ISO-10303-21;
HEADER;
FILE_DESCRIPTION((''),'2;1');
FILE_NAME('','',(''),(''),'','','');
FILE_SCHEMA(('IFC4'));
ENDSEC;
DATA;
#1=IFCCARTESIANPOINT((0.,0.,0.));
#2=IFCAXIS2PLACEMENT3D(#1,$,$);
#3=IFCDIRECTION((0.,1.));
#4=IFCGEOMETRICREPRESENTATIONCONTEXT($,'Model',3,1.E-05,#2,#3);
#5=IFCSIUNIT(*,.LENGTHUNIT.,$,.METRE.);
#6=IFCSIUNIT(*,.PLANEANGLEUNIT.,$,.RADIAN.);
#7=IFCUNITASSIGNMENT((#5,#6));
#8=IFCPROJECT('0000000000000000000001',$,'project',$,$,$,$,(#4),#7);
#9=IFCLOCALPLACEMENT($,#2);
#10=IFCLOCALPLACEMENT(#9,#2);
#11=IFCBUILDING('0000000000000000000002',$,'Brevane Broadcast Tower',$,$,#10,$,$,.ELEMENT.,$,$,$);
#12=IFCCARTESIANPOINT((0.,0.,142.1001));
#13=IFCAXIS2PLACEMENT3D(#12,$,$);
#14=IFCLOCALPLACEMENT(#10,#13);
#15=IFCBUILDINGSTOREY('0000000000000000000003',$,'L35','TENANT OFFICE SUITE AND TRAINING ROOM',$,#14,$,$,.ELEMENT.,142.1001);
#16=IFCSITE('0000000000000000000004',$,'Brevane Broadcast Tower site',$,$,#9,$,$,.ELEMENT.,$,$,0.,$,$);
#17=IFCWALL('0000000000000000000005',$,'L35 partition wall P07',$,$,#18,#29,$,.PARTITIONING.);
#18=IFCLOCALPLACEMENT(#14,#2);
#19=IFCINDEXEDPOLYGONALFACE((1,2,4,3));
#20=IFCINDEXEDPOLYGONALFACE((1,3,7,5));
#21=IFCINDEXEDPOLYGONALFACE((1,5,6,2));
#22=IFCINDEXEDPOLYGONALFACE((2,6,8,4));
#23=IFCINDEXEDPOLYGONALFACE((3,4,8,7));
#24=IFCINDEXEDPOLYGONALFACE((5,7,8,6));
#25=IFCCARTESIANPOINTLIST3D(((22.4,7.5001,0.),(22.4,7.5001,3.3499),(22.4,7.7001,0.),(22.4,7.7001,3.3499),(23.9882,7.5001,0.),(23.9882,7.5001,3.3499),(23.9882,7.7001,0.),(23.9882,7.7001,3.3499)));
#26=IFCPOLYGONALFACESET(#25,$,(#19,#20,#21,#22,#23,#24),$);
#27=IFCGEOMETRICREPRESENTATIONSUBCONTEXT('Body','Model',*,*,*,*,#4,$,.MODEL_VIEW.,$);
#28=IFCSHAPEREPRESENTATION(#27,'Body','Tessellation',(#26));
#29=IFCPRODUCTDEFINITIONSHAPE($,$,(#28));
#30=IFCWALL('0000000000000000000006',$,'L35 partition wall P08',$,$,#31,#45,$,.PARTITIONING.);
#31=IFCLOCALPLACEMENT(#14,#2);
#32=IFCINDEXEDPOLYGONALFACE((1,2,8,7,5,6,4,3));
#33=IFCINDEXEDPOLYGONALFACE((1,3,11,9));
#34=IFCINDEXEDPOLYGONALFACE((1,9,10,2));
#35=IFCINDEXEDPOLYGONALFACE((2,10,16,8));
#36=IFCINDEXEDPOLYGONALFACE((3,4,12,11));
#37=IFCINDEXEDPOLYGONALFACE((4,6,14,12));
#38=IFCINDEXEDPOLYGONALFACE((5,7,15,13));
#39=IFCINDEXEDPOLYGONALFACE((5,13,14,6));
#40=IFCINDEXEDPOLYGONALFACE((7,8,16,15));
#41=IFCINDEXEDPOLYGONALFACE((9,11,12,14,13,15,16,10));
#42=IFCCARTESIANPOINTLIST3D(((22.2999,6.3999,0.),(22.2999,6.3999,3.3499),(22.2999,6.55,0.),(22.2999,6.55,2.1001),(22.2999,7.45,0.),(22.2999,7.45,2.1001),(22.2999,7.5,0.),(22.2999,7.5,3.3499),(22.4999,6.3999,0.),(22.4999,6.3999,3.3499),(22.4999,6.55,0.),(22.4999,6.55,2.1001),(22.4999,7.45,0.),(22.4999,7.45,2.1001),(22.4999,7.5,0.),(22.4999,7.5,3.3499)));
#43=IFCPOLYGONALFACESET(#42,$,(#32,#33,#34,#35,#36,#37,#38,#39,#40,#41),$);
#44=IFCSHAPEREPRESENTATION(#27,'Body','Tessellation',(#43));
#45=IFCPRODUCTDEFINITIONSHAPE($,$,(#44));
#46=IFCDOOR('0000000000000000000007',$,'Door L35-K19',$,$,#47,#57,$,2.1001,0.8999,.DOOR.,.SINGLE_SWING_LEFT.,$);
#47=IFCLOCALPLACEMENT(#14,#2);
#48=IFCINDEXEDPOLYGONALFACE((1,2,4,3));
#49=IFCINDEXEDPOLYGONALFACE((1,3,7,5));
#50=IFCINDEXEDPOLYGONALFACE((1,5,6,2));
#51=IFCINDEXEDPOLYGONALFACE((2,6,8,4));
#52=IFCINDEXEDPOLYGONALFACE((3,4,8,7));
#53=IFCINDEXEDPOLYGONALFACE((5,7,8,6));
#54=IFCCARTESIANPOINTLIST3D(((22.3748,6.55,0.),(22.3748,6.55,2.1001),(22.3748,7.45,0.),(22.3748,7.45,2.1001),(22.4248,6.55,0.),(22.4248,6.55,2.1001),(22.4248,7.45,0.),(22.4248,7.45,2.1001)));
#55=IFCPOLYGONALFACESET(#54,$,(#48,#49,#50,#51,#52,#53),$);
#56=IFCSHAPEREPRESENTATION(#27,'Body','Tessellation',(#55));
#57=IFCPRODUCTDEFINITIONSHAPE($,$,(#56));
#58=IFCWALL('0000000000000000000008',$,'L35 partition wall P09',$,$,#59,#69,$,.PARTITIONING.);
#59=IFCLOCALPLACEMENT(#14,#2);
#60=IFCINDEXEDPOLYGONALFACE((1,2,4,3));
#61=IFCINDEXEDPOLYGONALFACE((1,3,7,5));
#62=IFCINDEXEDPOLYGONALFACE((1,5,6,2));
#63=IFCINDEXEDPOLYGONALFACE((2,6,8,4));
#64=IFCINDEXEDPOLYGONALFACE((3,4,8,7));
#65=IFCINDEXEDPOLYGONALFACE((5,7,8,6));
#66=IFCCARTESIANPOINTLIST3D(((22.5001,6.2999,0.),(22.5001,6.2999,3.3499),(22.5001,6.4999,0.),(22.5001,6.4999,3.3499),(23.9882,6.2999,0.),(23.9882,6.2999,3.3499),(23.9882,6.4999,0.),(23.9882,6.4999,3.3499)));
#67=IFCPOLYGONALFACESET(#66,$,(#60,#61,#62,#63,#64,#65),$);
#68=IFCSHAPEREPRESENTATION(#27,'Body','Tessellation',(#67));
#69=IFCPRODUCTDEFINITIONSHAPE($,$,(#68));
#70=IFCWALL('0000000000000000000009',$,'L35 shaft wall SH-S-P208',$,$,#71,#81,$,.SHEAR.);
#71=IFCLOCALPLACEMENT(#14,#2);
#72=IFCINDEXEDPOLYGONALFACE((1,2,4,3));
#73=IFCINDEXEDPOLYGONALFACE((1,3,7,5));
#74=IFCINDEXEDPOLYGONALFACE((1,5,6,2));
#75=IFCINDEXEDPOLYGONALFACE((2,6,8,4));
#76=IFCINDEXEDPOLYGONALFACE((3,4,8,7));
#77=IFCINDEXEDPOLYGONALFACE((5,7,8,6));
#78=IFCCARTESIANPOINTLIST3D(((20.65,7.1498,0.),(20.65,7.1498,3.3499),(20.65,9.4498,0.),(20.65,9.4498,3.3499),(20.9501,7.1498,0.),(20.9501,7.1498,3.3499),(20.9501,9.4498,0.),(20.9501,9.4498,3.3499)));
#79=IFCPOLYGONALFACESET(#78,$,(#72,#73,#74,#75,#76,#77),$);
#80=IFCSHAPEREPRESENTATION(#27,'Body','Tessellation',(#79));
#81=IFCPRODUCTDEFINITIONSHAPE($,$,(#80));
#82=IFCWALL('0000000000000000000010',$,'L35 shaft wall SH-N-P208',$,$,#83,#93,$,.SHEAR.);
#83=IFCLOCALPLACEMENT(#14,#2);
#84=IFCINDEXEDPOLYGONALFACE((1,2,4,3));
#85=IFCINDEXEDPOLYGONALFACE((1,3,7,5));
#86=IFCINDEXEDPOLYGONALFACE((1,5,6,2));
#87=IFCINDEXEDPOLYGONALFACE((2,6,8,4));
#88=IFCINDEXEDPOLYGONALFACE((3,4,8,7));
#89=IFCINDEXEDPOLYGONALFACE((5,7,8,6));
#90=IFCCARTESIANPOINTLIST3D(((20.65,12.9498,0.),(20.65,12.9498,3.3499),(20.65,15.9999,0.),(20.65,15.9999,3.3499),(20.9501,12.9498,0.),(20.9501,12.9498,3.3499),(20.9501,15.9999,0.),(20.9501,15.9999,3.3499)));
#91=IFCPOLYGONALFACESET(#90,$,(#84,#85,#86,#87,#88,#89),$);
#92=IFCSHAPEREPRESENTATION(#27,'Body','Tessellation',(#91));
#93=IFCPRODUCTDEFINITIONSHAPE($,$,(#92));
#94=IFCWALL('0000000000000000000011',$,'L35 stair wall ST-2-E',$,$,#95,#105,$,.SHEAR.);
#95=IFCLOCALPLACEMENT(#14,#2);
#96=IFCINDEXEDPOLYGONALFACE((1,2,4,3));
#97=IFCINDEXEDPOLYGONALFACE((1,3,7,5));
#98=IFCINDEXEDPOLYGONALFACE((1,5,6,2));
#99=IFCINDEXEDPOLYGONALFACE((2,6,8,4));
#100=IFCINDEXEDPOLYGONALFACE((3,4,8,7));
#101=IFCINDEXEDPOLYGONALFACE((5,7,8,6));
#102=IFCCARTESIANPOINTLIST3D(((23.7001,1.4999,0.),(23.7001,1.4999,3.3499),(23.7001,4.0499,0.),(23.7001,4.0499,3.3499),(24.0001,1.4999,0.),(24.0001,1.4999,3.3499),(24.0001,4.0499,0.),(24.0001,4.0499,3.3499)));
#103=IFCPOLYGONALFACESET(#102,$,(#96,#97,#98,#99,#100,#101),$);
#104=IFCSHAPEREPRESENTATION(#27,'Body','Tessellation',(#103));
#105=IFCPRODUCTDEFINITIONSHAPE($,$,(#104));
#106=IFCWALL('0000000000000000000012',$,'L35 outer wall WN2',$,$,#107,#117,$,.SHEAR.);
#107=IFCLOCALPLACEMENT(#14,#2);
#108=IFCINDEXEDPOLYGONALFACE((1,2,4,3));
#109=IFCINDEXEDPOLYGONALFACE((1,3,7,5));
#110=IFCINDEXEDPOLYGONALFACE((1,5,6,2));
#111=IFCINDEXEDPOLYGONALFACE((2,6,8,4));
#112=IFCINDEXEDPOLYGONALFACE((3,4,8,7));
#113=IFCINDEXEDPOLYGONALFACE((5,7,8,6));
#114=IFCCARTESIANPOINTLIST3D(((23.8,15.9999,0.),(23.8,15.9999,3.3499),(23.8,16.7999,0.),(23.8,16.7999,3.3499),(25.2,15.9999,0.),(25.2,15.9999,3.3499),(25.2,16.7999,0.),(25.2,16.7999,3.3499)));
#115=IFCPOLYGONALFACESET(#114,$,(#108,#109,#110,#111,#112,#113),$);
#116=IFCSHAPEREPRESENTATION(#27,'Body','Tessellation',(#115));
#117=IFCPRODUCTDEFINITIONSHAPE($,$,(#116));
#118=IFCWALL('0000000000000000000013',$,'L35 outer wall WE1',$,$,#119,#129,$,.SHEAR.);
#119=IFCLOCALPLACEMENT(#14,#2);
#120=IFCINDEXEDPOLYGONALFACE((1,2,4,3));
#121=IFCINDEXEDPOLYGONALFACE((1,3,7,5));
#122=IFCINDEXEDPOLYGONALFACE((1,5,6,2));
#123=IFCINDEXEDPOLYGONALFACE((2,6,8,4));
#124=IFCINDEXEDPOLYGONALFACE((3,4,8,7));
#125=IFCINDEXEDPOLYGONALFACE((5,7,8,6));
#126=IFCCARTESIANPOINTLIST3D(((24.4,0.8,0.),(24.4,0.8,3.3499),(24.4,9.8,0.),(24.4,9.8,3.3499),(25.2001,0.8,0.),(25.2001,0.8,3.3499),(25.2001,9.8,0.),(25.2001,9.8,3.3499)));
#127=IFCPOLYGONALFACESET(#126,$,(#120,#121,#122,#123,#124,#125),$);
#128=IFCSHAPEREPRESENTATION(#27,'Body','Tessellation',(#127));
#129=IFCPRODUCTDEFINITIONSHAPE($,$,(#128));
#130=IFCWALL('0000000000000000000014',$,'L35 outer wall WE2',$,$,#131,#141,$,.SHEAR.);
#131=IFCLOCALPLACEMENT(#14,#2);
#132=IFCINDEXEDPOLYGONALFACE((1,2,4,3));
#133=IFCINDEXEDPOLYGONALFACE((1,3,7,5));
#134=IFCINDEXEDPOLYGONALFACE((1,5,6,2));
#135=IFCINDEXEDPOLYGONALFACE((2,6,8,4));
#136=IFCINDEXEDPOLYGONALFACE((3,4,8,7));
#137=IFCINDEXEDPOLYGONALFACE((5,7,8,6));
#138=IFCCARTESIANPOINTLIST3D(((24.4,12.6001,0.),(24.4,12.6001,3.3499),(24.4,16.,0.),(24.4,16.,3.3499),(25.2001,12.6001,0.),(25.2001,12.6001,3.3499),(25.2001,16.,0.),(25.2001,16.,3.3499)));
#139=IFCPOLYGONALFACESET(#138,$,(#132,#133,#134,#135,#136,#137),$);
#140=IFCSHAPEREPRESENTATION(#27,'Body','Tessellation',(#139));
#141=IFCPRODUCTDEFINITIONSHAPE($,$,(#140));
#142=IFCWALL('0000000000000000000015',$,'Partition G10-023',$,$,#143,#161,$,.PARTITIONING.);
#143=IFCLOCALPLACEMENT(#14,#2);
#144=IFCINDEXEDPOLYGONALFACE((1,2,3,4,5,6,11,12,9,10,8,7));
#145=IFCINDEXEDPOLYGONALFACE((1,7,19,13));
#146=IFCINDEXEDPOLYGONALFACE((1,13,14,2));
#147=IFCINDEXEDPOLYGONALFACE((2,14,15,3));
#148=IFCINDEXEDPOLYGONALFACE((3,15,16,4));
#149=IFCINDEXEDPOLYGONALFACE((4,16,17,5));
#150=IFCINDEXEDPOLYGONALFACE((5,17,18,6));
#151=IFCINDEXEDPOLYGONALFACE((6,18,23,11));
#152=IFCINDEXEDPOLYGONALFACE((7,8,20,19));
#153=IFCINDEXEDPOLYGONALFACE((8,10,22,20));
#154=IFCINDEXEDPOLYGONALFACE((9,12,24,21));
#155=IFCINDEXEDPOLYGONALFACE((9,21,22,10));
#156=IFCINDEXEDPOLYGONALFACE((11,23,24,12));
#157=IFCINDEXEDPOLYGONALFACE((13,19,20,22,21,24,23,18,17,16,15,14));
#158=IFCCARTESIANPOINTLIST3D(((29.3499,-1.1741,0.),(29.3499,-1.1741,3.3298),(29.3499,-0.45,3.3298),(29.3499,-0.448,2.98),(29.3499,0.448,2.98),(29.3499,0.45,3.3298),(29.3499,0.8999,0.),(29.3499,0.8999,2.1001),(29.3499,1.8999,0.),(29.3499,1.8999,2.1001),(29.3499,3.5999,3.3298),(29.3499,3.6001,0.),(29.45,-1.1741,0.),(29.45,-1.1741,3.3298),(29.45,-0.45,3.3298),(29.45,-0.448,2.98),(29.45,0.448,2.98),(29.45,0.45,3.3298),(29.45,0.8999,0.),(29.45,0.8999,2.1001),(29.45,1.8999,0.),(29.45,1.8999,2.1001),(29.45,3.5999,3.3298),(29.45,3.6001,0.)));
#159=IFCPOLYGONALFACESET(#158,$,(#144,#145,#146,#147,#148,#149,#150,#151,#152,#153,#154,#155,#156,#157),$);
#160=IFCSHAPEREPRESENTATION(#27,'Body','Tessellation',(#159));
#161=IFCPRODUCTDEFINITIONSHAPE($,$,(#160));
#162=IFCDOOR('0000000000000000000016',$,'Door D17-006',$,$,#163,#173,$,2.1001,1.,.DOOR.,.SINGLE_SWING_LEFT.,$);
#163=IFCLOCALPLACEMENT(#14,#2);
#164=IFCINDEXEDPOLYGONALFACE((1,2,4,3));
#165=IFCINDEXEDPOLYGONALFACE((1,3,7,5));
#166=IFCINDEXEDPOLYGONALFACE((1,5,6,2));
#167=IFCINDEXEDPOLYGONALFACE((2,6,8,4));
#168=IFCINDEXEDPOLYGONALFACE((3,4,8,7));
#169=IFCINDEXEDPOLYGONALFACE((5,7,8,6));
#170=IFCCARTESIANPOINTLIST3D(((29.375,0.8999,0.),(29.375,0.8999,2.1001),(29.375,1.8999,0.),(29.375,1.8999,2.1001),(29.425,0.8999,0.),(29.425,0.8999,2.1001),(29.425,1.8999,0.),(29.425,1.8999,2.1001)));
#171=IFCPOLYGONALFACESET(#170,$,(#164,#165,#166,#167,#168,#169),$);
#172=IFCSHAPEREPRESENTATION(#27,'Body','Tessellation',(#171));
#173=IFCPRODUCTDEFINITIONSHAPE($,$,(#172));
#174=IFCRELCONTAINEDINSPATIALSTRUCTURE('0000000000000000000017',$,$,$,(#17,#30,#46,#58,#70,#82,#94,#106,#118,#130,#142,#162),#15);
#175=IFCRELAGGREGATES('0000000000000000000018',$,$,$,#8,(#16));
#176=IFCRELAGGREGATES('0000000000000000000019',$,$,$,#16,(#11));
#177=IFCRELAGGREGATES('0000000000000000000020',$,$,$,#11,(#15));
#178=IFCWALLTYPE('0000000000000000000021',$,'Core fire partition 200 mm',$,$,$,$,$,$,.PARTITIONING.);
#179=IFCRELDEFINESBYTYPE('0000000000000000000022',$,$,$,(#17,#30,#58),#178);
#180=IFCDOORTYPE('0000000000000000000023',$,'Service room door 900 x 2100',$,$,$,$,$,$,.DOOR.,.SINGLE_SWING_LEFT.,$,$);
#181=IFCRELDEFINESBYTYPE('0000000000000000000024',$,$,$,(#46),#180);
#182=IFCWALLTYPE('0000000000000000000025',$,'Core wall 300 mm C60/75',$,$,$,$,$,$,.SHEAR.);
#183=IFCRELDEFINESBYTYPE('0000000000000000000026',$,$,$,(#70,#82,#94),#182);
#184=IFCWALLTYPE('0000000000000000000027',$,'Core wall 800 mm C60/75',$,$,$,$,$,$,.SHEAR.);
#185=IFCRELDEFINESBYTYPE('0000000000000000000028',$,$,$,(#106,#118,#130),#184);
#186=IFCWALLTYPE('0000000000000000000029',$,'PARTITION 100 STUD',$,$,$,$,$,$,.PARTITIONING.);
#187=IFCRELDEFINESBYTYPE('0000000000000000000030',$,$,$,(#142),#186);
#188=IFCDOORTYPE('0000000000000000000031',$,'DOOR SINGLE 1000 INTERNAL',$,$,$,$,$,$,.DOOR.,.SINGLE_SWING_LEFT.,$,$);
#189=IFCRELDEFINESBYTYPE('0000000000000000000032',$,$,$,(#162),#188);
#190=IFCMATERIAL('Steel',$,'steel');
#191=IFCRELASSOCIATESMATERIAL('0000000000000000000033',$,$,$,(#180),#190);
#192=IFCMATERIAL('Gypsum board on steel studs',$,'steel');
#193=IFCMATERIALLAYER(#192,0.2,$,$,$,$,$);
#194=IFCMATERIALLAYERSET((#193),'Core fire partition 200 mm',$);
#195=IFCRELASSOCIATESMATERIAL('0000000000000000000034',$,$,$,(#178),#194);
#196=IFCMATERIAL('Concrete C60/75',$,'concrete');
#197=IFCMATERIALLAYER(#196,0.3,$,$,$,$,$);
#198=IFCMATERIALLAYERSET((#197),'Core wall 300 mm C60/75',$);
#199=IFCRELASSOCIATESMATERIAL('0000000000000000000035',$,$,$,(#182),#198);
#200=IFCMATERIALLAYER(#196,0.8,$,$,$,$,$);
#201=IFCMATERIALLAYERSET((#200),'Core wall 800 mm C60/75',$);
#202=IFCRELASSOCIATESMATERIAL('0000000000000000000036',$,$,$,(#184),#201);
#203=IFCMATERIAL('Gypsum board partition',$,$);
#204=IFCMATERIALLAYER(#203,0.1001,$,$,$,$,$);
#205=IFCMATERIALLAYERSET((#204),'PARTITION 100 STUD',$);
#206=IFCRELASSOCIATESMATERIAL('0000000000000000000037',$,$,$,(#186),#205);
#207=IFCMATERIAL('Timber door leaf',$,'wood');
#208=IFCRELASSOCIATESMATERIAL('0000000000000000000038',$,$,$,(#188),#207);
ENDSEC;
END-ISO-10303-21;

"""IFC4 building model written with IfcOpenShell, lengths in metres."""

from ifc_helpers import new_model, si_unit, direction, frame, frame_2d, origin, place, context, subcontext, project, spatial, polyline, rectangle, outline, extrude, material, layer, layer_set, type_object, element, fill, save


model = new_model("IFC4")

# Units and contexts
model_context = context("Model", 3, precision=1e-05, world=origin(), true_north=direction((0.0, 1.0)))
body_context = subcontext(model_context, "Body", "Model", "MODEL_VIEW")
ifc_project = project(units=[si_unit("LENGTHUNIT", "METRE"), si_unit("PLANEANGLEUNIT", "RADIAN")], contexts=[model_context])

# Site, building, storey
site_placement = place(None, origin())
site = spatial("IfcSite", under=ifc_project, at=site_placement, Name="Brevane Broadcast Tower site", CompositionType="ELEMENT", RefElevation=0.0)
building_placement = place(site_placement, origin())
building = spatial("IfcBuilding", under=site, at=building_placement, Name="Brevane Broadcast Tower", CompositionType="ELEMENT")
storey_placement = place(building_placement, frame((0.0, 0.0, 142.1001)))
storey = spatial("IfcBuildingStorey", under=building, at=storey_placement, Name="L35", Description="TENANT OFFICE SUITE AND TRAINING ROOM", CompositionType="ELEMENT", Elevation=142.1001)

# Shared definitions
ifc_material_1 = material(Name="Concrete C60/75", Category="concrete")

# Shared definitions
ifc_material_2 = material(Name="Gypsum board on steel studs", Category="steel")

# Shared definitions
ifc_material_3 = material(Name="Steel", Category="steel")
door_type_1 = type_object("IfcDoorType", Name="Service room door 900 x 2100", OperationType="SINGLE_SWING_LEFT", PredefinedType="DOOR", material=ifc_material_3)

# Wall
ifc_layer_1 = layer(ifc_material_2, 0.2)
ifc_layer_set_1 = layer_set([ifc_layer_1], Name="Core fire partition 200 mm")
wall_type_1 = type_object("IfcWallType", Name="Core fire partition 200 mm", PredefinedType="PARTITIONING", material=ifc_layer_set_1)
wall_1_placement = place(storey_placement, frame((23.988, 7.6001, 0.0), z_axis=(0.0, 0.0, 1.0), x_axis=(-1.0, 0.0, 0.0)))
element("IfcWall", 1, at=wall_1_placement, inside=storey, type_object=wall_type_1, Name="L35 partition wall P07", PredefinedType="PARTITIONING", context=body_context, shape_type="SweptSolid", body=[
    extrude(rectangle(XDim=1.5881, YDim=0.2, at=frame_2d((0.7939, 0.0))), origin(), (0.0, 0.0, 1.0), 3.3499),
])

# Wall, opening, door
wall_2_placement = place(storey_placement, frame((22.3999, 7.5, 0.0), z_axis=(0.0, 0.0, 1.0), x_axis=(0.0, -1.0, 0.0)))
wall_2 = element("IfcWall", 2, at=wall_2_placement, inside=storey, type_object=wall_type_1, Name="L35 partition wall P08", PredefinedType="PARTITIONING", context=body_context, shape_type="SweptSolid", body=[
    extrude(rectangle(XDim=1.1001, YDim=0.2, at=frame_2d((0.55, 0.0))), origin(), (0.0, 0.0, 1.0), 3.3499),
])
opening_1_placement = place(wall_2_placement, frame((0.05, 0.0, 0.0)))
opening_1 = element("IfcOpeningElement", 3, at=opening_1_placement, cuts=wall_2, PredefinedType="OPENING", context=body_context, shape_type="SweptSolid", body=[
    extrude(rectangle(XDim=0.8999, YDim=2.1001, at=frame_2d((0.45, 1.05))), frame((0.0, 0.1099, 0.0), z_axis=(0.0, -1.0, 0.0), x_axis=(1.0, 0.0, 0.0)), (0.0, 0.0, 1.0), 0.22),
])
door_1_placement = place(opening_1_placement, origin())
door_1 = element("IfcDoor", 4, at=door_1_placement, inside=storey, type_object=door_type_1, Name="Door L35-K19", OperationType="SINGLE_SWING_LEFT", OverallHeight=2.1001, OverallWidth=0.8999, PredefinedType="DOOR", context=body_context, shape_type="SweptSolid", body=[
    extrude(rectangle(XDim=0.8999, YDim=2.1001, at=frame_2d((0.45, 1.05))), frame((0.0, 0.0249, 0.0), z_axis=(0.0, -1.0, 0.0), x_axis=(1.0, 0.0, 0.0)), (0.0, 0.0, 1.0), 0.05),
])
fill(opening_1, door_1)

# Walls
wall_3_placement = place(storey_placement, frame((22.5, 6.3999, 0.0), z_axis=(0.0, 0.0, 1.0), x_axis=(1.0, 0.0, 0.0)))
element("IfcWall", 5, at=wall_3_placement, inside=storey, type_object=wall_type_1, Name="L35 partition wall P09", PredefinedType="PARTITIONING", context=body_context, shape_type="SweptSolid", body=[
    extrude(rectangle(XDim=1.488, YDim=0.2, at=frame_2d((0.7441, 0.0))), origin(), (0.0, 0.0, 1.0), 3.3499),
])
ifc_layer_2 = layer(ifc_material_1, 0.3)
ifc_layer_set_2 = layer_set([ifc_layer_2], Name="Core wall 300 mm C60/75")
wall_type_2 = type_object("IfcWallType", Name="Core wall 300 mm C60/75", PredefinedType="SHEAR", material=ifc_layer_set_2)
wall_4_placement = place(storey_placement, frame((20.8, 7.1499, 0.0), z_axis=(0.0, 0.0, 1.0), x_axis=(0.0, 1.0, 0.0)))
element("IfcWall", 6, at=wall_4_placement, inside=storey, type_object=wall_type_2, Name="L35 shaft wall SH-S-P208", PredefinedType="SHEAR", context=body_context, shape_type="SweptSolid", body=[
    extrude(rectangle(XDim=2.3, YDim=0.3, at=frame_2d((1.1499, 0.0))), origin(), (0.0, 0.0, 1.0), 3.3499),
])
wall_5_placement = place(storey_placement, frame((20.8, 12.95, 0.0), z_axis=(0.0, 0.0, 1.0), x_axis=(0.0, 1.0, 0.0)))
element("IfcWall", 7, at=wall_5_placement, inside=storey, type_object=wall_type_2, Name="L35 shaft wall SH-N-P208", PredefinedType="SHEAR", context=body_context, shape_type="SweptSolid", body=[
    extrude(rectangle(XDim=3.05, YDim=0.3, at=frame_2d((1.5249, 0.0))), origin(), (0.0, 0.0, 1.0), 3.3499),
])
wall_6_placement = place(storey_placement, frame((23.8501, 1.5, 0.0), z_axis=(0.0, 0.0, 1.0), x_axis=(0.0, 1.0, 0.0)))
element("IfcWall", 8, at=wall_6_placement, inside=storey, type_object=wall_type_2, Name="L35 stair wall ST-2-E", PredefinedType="SHEAR", context=body_context, shape_type="SweptSolid", body=[
    extrude(rectangle(XDim=2.55, YDim=0.3, at=frame_2d((1.2749, 0.0))), origin(), (0.0, 0.0, 1.0), 3.3499),
])
ifc_layer_3 = layer(ifc_material_1, 0.8)
ifc_layer_set_3 = layer_set([ifc_layer_3], Name="Core wall 800 mm C60/75")
wall_type_3 = type_object("IfcWallType", Name="Core wall 800 mm C60/75", PredefinedType="SHEAR", material=ifc_layer_set_3)
wall_7_placement = place(storey_placement, frame((23.8, 16.3999, 0.0), z_axis=(0.0, 0.0, 1.0), x_axis=(1.0, 0.0, 0.0)))
element("IfcWall", 9, at=wall_7_placement, inside=storey, type_object=wall_type_3, Name="L35 outer wall WN2", PredefinedType="SHEAR", context=body_context, shape_type="SweptSolid", body=[
    extrude(rectangle(XDim=1.3999, YDim=0.8, at=frame_2d((0.7, 0.0))), origin(), (0.0, 0.0, 1.0), 3.3499),
])
wall_8_placement = place(storey_placement, frame((24.8, 0.8, 0.0), z_axis=(0.0, 0.0, 1.0), x_axis=(0.0, 1.0, 0.0)))
element("IfcWall", 10, at=wall_8_placement, inside=storey, type_object=wall_type_3, Name="L35 outer wall WE1", PredefinedType="SHEAR", context=body_context, shape_type="SweptSolid", body=[
    extrude(rectangle(XDim=9.0, YDim=0.8, at=frame_2d((4.5, 0.0))), origin(), (0.0, 0.0, 1.0), 3.3499),
])
wall_9_placement = place(storey_placement, frame((24.8, 12.6001, 0.0), z_axis=(0.0, 0.0, 1.0), x_axis=(0.0, 1.0, 0.0)))
element("IfcWall", 11, at=wall_9_placement, inside=storey, type_object=wall_type_3, Name="L35 outer wall WE2", PredefinedType="SHEAR", context=body_context, shape_type="SweptSolid", body=[
    extrude(rectangle(XDim=3.3999, YDim=0.8, at=frame_2d((1.7, 0.0))), origin(), (0.0, 0.0, 1.0), 3.3499),
])

# Wall, opening, door
ifc_material_4 = material(Name="Gypsum board partition")
ifc_layer_4 = layer(ifc_material_4, 0.1001)
ifc_layer_set_4 = layer_set([ifc_layer_4], Name="PARTITION 100 STUD")
wall_type_4 = type_object("IfcWallType", Name="PARTITION 100 STUD", PredefinedType="PARTITIONING", material=ifc_layer_set_4)
wall_10_placement = place(storey_placement, frame((29.3999, -1.1741, 0.0), z_axis=(0.0, 0.0, 1.0), x_axis=(0.0, 1.0, 0.0)))
wall_10 = element("IfcWall", 12, at=wall_10_placement, inside=storey, type_object=wall_type_4, Name="Partition G10-023", PredefinedType="PARTITIONING", context=body_context, shape_type="SweptSolid", body=[
    extrude(outline(polyline([(0.0, 0.0), (4.7742, 0.0), (4.7739, 3.3298), (1.624, 3.3298), (1.6221, 2.98), (0.7261, 2.98), (0.7241, 3.3298), (0.074, 3.3298), (0.0, 3.3298), (0.0, 0.0)])), frame((0.0, 0.05, 0.0), z_axis=(0.0, -1.0, 0.0), x_axis=(1.0, 0.0, 0.0)), (0.0, 0.0, 1.0), 0.1001),
])
opening_2_placement = place(wall_10_placement, frame((2.074, 0.0, 0.0)))
opening_2 = element("IfcOpeningElement", 13, at=opening_2_placement, cuts=wall_10, PredefinedType="OPENING", context=body_context, shape_type="SweptSolid", body=[
    extrude(rectangle(XDim=1.0, YDim=2.1001, at=frame_2d((0.5, 1.05))), frame((0.0, 0.0601, 0.0), z_axis=(0.0, -1.0, 0.0), x_axis=(1.0, 0.0, 0.0)), (0.0, 0.0, 1.0), 0.1201),
])
ifc_material_5 = material(Name="Timber door leaf", Category="wood")
door_type_2 = type_object("IfcDoorType", Name="DOOR SINGLE 1000 INTERNAL", OperationType="SINGLE_SWING_LEFT", PredefinedType="DOOR", material=ifc_material_5)
door_2_placement = place(opening_2_placement, origin())
door_2 = element("IfcDoor", 14, at=door_2_placement, inside=storey, type_object=door_type_2, Name="Door D17-006", OperationType="SINGLE_SWING_LEFT", OverallHeight=2.1001, OverallWidth=1.0, PredefinedType="DOOR", context=body_context, shape_type="SweptSolid", body=[
    extrude(rectangle(XDim=1.0, YDim=2.1001, at=frame_2d((0.5, 1.05))), frame((0.0, 0.0249, 0.0), z_axis=(0.0, -1.0, 0.0), x_axis=(1.0, 0.0, 0.0)), (0.0, 0.0, 1.0), 0.05),
])
fill(opening_2, door_2)

save(model, "model.ifc")
